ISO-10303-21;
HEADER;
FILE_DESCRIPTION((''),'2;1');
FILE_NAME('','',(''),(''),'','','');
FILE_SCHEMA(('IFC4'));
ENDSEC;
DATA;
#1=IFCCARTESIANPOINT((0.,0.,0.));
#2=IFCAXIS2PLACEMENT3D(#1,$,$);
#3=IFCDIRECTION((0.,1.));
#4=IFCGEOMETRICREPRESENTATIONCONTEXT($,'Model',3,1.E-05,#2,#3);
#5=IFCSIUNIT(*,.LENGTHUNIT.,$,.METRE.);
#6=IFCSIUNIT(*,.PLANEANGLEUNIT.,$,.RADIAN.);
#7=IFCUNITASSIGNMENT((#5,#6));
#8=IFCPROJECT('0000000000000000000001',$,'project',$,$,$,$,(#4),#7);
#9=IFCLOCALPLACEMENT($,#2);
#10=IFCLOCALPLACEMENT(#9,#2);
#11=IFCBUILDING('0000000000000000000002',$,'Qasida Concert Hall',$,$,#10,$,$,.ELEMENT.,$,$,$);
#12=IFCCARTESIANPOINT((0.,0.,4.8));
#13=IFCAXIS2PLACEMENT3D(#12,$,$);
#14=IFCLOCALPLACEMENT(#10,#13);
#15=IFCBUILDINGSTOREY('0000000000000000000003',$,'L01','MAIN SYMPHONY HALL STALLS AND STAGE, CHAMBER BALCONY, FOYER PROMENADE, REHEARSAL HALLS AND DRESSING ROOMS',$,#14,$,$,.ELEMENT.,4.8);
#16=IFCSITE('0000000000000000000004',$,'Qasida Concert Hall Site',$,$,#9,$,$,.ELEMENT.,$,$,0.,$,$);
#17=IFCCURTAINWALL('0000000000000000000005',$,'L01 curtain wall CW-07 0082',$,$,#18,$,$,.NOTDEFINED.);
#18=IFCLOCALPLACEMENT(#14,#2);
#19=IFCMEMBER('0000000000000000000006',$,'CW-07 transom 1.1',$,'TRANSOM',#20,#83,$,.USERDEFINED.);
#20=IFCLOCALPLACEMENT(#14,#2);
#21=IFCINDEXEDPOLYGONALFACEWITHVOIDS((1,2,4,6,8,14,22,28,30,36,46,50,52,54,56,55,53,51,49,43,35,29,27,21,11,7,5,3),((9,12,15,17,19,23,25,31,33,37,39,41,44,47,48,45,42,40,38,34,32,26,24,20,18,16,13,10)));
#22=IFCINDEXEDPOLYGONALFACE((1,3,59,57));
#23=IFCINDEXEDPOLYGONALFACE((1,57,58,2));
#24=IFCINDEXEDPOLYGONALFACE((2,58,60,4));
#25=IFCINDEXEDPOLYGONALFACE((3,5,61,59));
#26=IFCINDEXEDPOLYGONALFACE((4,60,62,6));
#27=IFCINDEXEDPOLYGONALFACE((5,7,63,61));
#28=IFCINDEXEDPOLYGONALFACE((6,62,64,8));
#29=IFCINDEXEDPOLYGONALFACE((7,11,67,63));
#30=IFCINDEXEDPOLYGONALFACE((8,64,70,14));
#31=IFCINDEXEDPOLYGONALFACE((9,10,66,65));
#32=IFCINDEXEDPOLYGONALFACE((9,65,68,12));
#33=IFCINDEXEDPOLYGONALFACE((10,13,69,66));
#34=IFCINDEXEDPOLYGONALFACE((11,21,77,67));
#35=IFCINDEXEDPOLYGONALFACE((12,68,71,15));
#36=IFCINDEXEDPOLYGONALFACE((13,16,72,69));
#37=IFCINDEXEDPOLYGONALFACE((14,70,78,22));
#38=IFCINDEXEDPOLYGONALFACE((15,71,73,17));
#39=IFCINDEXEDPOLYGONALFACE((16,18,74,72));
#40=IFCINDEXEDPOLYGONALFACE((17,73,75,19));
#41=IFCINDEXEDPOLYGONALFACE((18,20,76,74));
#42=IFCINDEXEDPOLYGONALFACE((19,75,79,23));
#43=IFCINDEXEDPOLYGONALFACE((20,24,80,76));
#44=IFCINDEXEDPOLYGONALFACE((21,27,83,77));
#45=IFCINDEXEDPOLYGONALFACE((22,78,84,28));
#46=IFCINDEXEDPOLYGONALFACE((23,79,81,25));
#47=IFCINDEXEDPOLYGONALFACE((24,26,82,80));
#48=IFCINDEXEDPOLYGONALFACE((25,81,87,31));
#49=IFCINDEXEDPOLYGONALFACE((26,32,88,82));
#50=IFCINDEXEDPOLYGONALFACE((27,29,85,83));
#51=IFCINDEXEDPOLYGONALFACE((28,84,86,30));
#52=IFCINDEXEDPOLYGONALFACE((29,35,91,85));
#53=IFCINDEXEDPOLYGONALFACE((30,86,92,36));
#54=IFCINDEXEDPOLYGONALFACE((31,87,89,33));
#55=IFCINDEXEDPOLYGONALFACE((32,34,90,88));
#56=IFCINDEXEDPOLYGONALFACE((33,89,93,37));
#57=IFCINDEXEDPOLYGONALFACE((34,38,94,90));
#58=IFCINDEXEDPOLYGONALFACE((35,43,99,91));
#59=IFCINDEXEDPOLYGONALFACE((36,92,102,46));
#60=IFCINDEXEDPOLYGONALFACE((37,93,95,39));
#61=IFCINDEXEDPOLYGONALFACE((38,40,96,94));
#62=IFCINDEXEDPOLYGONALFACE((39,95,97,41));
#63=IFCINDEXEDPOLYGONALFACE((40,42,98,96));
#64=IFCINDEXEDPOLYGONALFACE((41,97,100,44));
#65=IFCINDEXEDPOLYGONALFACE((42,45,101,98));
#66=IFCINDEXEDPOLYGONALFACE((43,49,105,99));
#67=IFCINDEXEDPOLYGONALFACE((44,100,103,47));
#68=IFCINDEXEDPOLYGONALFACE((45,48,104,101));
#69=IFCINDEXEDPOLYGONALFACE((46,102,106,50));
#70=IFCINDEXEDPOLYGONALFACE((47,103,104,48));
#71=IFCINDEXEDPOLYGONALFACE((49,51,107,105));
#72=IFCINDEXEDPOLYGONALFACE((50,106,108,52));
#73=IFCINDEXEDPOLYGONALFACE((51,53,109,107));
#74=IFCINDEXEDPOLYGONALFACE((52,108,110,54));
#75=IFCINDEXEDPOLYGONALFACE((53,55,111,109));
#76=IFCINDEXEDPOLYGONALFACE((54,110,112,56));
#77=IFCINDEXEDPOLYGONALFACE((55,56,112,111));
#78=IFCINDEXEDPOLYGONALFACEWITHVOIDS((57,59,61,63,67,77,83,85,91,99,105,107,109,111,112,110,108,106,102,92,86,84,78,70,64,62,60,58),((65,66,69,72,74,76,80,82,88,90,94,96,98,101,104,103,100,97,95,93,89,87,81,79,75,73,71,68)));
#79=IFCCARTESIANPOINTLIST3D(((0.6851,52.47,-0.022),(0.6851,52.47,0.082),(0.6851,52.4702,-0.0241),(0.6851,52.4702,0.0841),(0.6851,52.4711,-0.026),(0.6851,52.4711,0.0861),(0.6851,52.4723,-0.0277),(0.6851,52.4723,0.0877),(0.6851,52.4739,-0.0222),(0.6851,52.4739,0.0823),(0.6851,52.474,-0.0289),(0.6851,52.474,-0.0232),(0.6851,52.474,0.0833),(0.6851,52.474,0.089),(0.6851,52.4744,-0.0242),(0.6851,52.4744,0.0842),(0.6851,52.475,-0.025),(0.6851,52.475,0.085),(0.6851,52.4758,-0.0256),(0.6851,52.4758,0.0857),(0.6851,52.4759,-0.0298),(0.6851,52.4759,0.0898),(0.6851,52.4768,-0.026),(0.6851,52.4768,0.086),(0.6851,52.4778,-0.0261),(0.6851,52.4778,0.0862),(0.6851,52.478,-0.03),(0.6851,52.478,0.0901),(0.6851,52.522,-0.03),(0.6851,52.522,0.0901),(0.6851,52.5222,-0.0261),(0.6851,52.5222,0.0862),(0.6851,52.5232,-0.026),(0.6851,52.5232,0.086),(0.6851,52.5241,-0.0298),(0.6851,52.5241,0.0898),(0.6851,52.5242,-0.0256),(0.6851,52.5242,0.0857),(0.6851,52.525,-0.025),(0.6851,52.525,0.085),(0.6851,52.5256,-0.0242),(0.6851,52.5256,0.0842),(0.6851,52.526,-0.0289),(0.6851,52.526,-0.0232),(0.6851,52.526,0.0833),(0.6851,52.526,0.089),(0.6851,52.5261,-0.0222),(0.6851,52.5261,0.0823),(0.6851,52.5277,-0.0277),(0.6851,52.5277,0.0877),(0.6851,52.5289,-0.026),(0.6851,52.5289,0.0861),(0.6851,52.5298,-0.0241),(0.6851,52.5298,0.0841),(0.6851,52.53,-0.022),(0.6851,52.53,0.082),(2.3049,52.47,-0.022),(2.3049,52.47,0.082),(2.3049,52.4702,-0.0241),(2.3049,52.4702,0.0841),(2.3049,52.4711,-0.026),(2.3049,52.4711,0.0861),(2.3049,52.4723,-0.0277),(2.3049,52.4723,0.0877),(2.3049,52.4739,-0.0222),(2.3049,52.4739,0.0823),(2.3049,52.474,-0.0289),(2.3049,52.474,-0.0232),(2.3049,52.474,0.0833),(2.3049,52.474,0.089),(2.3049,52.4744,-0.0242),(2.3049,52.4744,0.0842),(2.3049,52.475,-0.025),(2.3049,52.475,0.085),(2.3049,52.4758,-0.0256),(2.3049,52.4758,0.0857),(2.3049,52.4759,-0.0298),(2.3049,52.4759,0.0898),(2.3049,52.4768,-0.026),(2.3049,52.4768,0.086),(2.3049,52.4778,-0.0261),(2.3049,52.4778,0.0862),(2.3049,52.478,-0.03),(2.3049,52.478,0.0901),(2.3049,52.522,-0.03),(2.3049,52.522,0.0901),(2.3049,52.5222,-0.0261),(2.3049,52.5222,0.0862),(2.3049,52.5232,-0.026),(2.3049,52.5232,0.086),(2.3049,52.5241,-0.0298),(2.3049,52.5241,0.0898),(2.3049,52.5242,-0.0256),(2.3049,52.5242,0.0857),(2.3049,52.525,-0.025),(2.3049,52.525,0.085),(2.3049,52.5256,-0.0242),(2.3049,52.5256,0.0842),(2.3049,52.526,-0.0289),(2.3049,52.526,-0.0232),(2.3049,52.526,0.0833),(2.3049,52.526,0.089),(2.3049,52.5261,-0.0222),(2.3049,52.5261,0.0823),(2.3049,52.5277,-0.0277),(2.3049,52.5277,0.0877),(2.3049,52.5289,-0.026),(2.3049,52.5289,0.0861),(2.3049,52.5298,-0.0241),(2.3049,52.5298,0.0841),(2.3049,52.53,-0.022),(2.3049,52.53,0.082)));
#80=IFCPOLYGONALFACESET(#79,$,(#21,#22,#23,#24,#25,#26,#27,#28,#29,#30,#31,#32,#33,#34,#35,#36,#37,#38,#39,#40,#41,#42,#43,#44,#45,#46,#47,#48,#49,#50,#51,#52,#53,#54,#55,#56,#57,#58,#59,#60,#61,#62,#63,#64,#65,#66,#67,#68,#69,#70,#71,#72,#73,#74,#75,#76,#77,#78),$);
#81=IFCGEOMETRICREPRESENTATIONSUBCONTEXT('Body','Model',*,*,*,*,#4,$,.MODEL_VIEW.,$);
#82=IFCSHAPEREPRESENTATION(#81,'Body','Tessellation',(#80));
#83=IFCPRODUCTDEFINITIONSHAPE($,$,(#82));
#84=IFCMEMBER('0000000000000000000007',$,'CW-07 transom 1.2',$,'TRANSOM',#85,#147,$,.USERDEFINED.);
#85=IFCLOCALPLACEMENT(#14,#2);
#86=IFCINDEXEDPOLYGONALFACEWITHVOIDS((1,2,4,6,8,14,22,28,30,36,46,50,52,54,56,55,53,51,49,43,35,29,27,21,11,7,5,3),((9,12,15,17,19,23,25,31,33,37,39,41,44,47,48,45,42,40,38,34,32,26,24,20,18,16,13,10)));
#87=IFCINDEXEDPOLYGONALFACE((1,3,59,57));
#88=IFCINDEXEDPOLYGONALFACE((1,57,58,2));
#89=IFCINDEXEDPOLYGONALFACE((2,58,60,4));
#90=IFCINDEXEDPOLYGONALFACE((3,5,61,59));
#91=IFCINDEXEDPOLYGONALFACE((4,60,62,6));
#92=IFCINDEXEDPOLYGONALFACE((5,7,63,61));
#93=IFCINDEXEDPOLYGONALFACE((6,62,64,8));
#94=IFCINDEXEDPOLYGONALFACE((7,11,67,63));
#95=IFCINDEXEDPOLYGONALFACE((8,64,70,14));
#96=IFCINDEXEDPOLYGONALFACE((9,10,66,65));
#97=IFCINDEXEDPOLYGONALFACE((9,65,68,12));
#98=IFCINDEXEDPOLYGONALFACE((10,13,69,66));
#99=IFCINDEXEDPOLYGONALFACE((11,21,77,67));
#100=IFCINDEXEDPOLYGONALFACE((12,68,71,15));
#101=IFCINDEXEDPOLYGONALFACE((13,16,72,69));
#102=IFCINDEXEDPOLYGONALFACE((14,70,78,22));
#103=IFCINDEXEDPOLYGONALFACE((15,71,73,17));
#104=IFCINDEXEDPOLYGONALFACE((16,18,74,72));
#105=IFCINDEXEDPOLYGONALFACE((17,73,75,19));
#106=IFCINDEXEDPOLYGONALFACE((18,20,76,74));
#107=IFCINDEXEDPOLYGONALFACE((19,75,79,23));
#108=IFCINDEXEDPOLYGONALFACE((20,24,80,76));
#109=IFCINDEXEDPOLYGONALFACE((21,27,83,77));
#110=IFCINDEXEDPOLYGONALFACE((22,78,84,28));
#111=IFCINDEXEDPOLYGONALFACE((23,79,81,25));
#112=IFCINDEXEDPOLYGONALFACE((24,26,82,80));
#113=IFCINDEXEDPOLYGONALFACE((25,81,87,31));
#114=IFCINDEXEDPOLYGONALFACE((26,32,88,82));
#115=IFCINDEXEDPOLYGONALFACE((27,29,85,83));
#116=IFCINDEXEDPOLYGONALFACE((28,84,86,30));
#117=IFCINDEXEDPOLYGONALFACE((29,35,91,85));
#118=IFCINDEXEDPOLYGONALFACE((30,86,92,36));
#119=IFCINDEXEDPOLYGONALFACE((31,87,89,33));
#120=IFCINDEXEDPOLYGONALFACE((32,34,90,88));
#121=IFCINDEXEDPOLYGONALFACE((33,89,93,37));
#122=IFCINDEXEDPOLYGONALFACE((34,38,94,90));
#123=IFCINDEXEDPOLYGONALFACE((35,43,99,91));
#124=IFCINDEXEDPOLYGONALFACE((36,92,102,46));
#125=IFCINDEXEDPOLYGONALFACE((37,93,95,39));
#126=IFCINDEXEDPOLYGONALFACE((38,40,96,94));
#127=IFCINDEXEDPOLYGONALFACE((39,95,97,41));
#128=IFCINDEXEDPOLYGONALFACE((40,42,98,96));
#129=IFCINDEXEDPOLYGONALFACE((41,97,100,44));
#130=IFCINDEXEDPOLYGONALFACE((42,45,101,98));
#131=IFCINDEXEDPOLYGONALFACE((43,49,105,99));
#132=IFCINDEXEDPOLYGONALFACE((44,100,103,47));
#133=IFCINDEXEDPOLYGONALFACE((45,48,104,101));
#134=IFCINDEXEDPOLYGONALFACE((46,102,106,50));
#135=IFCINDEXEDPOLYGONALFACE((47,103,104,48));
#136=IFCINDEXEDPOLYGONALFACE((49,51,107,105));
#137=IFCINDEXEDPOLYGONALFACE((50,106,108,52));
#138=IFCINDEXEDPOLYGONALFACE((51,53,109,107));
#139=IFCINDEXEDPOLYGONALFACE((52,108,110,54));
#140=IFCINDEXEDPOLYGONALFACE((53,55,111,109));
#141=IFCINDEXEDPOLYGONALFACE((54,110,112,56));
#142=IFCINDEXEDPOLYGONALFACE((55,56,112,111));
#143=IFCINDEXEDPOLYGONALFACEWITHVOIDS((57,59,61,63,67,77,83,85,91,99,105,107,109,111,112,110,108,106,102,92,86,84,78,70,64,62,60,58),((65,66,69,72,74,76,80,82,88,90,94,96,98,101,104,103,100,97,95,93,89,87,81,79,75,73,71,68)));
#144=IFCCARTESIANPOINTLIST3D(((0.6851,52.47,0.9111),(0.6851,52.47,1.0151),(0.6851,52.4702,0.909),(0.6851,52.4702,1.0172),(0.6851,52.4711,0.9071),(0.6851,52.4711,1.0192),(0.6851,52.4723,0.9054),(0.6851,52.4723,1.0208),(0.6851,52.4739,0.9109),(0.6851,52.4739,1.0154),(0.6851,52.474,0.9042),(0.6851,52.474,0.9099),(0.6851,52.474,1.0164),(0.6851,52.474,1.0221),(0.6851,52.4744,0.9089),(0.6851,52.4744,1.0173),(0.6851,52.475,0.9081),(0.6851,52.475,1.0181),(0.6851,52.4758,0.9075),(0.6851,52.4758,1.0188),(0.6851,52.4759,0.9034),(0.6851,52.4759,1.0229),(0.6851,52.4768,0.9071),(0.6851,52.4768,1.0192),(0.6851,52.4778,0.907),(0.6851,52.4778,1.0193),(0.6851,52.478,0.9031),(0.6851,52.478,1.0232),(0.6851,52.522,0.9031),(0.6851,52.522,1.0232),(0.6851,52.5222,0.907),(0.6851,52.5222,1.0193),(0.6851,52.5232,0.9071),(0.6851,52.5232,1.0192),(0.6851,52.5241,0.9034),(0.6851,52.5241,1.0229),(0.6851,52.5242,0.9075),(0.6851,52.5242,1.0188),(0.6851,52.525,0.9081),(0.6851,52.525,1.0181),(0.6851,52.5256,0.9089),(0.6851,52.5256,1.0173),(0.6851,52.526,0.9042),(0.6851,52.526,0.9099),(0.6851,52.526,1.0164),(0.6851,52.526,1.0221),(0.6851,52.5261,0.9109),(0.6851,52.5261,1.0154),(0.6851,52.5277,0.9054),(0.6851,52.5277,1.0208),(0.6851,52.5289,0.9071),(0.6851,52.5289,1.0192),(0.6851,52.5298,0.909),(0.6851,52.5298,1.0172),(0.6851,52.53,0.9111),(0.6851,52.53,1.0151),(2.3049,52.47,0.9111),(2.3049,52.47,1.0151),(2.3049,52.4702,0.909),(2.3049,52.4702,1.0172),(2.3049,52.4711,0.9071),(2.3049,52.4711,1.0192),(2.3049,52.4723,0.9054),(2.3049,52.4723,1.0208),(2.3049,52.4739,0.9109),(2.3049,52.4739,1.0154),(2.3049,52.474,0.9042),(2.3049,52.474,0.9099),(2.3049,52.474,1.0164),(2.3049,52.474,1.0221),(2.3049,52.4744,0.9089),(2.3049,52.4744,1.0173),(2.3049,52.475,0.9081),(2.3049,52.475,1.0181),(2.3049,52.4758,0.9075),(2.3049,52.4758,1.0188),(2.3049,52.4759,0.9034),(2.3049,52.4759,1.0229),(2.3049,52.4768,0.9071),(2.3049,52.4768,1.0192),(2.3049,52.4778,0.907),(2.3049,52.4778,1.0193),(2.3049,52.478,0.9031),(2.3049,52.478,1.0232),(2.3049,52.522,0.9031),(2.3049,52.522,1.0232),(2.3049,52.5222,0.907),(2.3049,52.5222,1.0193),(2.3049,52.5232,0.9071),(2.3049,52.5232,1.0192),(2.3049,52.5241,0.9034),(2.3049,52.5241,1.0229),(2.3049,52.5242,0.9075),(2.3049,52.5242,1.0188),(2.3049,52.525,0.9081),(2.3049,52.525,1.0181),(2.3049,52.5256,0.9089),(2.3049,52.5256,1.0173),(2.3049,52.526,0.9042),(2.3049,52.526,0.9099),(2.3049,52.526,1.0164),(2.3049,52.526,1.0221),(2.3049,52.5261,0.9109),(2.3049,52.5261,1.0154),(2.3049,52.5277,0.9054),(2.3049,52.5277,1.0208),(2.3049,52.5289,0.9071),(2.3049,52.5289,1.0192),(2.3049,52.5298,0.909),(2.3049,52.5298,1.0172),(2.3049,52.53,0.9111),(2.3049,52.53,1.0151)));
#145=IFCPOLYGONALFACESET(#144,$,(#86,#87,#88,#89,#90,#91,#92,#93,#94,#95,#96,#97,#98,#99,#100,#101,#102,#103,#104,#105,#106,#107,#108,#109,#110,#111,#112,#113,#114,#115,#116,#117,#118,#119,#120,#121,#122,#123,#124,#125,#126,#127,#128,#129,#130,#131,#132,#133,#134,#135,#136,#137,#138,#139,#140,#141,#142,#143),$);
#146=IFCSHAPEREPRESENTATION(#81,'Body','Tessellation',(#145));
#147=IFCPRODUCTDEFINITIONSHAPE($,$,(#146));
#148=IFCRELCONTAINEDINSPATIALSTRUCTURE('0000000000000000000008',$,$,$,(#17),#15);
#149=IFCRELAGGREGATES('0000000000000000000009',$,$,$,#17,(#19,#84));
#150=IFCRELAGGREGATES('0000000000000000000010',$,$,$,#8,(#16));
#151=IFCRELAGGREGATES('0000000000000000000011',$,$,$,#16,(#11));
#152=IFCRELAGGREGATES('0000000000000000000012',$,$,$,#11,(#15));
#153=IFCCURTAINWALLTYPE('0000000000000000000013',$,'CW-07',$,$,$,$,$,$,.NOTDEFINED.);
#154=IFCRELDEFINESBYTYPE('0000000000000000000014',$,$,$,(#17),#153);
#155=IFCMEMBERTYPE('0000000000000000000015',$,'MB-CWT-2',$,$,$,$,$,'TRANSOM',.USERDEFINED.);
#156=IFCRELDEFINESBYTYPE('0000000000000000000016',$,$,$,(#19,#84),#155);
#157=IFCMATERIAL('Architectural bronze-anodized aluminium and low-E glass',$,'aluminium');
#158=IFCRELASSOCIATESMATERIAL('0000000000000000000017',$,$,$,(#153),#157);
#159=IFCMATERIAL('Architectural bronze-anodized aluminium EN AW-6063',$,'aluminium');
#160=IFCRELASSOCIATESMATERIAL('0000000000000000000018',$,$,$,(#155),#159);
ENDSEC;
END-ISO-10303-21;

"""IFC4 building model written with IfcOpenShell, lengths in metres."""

from ifc_helpers import new_model, si_unit, direction, frame, origin, origin_2d, place, context, subcontext, project, spatial, hollow_rectangle, extrude, material, material_profile, profile_set, type_object, element, aggregate, save


model = new_model("IFC4")

# Units and contexts
model_context = context("Model", 3, precision=1e-05, world=origin(), true_north=direction((0.0, 1.0)))
body_context = subcontext(model_context, "Body", "Model", "MODEL_VIEW")
ifc_project = project(units=[si_unit("LENGTHUNIT", "METRE"), si_unit("PLANEANGLEUNIT", "RADIAN")], contexts=[model_context])

# Site, building, storey
site_placement = place(None, origin())
site = spatial("IfcSite", under=ifc_project, at=site_placement, Name="Qasida Concert Hall Site", CompositionType="ELEMENT", RefElevation=0.0)
building_placement = place(site_placement, origin())
building = spatial("IfcBuilding", under=site, at=building_placement, Name="Qasida Concert Hall", CompositionType="ELEMENT")
storey_placement = place(building_placement, frame((0.0, 0.0, 4.8)))
storey = spatial("IfcBuildingStorey", under=building, at=storey_placement, Name="L01", Description="MAIN SYMPHONY HALL STALLS AND STAGE, CHAMBER BALCONY, FOYER PROMENADE, REHEARSAL HALLS AND DRESSING ROOMS", CompositionType="ELEMENT", Elevation=4.8)

# Curtain wall, members
ifc_material_1 = material(Name="Architectural bronze-anodized aluminium and low-E glass", Category="aluminium")
curtain_wall_type = type_object("IfcCurtainWallType", Name="CW-07", PredefinedType="NOTDEFINED", material=ifc_material_1)
curtain_wall_placement = place(storey_placement, origin())
curtain_wall = element("IfcCurtainWall", 1, at=curtain_wall_placement, inside=storey, type_object=curtain_wall_type, Name="L01 curtain wall CW-07 0082", PredefinedType="NOTDEFINED")
ifc_material_2 = material(Name="Architectural bronze-anodized aluminium EN AW-6063", Category="aluminium")
ifc_material_profile_1 = material_profile(ifc_material_2, hollow_rectangle(XDim=0.0601, YDim=0.1201, WallThickness=0.0039, InnerFilletRadius=0.0039, OuterFilletRadius=0.0081, at=origin_2d()), Name="CWT 120x60x4")
ifc_profile_set_1 = profile_set([ifc_material_profile_1], Name="Architectural bronze-anodized aluminium EN AW-6063")
member_type_1 = type_object("IfcMemberType", Name="MB-CWT-2", ElementType="TRANSOM", PredefinedType="USERDEFINED", material=ifc_profile_set_1)
member_1_placement = place(storey_placement, frame((0.6851, 52.5, 0.03), z_axis=(1.0, 0.0, 0.0), x_axis=(0.0, 1.0, 0.0)))
member_1 = element("IfcMember", 2, at=member_1_placement, type_object=member_type_1, Name="CW-07 transom 1.1", ObjectType="TRANSOM", PredefinedType="USERDEFINED", context=body_context, shape_type="SweptSolid", body=[
    extrude(hollow_rectangle(XDim=0.0601, YDim=0.1201, WallThickness=0.0039, InnerFilletRadius=0.0039, OuterFilletRadius=0.0081, at=origin_2d()), origin(), (0.0, 0.0, 1.0), 1.6199),
])
member_2_placement = place(storey_placement, frame((0.6851, 52.5, 0.9631), z_axis=(1.0, 0.0, 0.0), x_axis=(0.0, 1.0, 0.0)))
member_2 = element("IfcMember", 3, at=member_2_placement, type_object=member_type_1, Name="CW-07 transom 1.2", ObjectType="TRANSOM", PredefinedType="USERDEFINED", context=body_context, shape_type="SweptSolid", body=[
    extrude(hollow_rectangle(XDim=0.0601, YDim=0.1201, WallThickness=0.0039, InnerFilletRadius=0.0039, OuterFilletRadius=0.0081, at=origin_2d()), origin(), (0.0, 0.0, 1.0), 1.6199),
])
aggregate(curtain_wall, [member_1, member_2])

save(model, "model.ifc")
